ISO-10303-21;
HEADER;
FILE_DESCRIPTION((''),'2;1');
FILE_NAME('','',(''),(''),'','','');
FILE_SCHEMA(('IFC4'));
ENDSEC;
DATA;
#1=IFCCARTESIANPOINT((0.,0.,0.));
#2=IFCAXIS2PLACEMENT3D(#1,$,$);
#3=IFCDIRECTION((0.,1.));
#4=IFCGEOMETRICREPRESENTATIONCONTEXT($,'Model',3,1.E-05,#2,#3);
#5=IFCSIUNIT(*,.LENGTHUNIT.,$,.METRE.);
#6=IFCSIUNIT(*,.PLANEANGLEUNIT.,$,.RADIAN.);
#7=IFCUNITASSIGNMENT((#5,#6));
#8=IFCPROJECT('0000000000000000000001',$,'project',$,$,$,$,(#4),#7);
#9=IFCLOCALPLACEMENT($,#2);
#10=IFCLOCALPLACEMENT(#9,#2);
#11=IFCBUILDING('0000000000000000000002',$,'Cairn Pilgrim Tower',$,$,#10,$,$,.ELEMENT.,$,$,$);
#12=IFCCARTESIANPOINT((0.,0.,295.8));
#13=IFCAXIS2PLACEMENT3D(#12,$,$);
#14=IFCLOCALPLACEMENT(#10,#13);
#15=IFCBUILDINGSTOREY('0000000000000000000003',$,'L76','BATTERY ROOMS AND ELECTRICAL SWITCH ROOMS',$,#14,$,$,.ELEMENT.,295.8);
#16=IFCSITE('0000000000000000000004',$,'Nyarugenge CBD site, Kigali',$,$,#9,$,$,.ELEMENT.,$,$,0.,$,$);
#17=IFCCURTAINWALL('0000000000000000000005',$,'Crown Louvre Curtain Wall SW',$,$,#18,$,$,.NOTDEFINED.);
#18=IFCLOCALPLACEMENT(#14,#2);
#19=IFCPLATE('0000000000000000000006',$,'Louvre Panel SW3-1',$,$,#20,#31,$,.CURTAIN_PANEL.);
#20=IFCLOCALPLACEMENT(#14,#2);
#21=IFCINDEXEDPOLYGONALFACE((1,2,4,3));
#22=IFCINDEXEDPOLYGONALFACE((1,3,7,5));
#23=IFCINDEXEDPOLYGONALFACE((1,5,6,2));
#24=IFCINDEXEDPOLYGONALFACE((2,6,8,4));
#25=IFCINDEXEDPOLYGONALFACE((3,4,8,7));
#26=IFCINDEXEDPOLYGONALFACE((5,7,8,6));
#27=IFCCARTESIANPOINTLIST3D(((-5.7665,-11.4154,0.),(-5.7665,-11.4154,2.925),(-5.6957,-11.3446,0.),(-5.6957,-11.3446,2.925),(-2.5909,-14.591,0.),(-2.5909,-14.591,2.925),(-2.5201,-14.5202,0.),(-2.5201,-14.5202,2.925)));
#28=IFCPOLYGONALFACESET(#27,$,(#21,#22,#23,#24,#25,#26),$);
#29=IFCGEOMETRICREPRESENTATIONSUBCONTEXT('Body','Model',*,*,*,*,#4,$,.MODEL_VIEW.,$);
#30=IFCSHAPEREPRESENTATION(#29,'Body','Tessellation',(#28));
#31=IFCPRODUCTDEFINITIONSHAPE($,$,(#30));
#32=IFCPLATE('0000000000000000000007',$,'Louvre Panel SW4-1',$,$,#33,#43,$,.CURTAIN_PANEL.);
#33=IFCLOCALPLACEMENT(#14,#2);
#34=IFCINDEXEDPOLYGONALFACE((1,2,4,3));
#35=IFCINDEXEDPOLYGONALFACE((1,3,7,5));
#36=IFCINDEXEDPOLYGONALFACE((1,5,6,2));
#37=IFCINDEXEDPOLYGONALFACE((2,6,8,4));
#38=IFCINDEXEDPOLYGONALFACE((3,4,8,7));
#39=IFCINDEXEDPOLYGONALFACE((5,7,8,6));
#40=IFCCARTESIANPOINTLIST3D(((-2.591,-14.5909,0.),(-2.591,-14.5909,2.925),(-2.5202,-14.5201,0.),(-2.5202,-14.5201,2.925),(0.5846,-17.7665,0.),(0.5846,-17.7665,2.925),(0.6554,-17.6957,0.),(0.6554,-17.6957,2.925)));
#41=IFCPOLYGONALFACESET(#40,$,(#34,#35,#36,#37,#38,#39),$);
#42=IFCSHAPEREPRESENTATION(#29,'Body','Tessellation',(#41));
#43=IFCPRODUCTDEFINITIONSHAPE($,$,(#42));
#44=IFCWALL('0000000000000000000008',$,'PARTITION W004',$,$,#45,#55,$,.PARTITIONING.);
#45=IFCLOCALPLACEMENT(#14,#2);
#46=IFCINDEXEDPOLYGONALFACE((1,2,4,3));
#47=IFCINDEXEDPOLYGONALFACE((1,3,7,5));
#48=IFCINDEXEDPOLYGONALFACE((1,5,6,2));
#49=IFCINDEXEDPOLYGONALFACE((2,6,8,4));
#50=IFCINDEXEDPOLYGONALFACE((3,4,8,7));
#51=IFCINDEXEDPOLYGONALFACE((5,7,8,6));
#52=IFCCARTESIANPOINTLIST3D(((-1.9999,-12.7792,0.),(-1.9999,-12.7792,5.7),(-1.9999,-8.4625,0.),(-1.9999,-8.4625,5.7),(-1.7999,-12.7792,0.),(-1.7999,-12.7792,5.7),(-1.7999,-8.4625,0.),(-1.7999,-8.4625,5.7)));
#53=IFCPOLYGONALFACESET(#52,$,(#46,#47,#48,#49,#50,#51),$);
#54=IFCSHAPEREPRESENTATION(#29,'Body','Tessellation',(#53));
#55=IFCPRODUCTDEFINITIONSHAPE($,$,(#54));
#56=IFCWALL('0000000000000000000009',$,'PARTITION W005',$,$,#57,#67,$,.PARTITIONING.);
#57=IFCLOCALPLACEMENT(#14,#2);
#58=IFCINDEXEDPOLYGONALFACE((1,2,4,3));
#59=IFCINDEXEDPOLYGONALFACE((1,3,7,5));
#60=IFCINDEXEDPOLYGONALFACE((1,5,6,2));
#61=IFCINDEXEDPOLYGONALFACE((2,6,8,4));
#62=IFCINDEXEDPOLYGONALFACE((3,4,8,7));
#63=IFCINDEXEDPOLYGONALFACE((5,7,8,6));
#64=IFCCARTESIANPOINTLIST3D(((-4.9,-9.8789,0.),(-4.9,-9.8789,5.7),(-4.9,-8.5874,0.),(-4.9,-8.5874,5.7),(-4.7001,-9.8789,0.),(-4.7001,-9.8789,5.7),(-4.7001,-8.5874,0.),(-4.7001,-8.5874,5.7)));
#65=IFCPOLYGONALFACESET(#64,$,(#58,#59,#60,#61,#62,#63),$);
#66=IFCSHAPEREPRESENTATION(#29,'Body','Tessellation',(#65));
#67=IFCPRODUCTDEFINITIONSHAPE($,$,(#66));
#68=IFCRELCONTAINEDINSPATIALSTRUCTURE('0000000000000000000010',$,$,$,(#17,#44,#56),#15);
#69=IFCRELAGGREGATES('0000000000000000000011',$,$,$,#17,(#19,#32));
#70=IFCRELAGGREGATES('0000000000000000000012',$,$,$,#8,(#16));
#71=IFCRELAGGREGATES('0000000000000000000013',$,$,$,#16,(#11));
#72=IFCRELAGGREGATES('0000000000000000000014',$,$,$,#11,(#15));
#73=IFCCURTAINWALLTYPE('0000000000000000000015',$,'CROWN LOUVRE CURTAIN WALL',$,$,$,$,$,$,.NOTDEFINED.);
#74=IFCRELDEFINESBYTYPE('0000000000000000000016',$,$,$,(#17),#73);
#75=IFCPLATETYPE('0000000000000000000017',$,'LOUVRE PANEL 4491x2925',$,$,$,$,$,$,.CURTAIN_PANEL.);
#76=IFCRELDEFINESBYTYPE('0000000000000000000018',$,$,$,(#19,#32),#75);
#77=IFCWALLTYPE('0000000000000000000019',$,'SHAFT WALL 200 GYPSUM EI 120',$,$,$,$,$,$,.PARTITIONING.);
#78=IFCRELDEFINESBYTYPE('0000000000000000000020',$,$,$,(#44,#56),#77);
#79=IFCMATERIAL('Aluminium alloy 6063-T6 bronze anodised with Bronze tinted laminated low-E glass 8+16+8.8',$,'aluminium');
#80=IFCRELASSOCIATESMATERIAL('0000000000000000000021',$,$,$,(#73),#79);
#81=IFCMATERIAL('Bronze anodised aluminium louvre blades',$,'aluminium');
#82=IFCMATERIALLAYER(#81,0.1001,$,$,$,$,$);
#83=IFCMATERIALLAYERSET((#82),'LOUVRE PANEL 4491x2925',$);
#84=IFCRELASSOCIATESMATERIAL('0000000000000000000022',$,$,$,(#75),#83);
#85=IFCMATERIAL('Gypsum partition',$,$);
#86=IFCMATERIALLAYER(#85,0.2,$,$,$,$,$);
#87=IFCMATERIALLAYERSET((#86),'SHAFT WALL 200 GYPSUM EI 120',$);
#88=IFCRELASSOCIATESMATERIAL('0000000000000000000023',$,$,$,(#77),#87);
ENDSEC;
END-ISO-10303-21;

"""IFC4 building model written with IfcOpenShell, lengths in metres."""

from ifc_helpers import new_model, si_unit, direction, frame, frame_2d, origin, origin_2d, place, context, subcontext, project, spatial, rectangle, extrude, material, layer, layer_set, type_object, element, aggregate, save


model = new_model("IFC4")

# Units and contexts
model_context = context("Model", 3, precision=1e-05, world=origin(), true_north=direction((0.0, 1.0)))
body_context = subcontext(model_context, "Body", "Model", "MODEL_VIEW")
ifc_project = project(units=[si_unit("LENGTHUNIT", "METRE"), si_unit("PLANEANGLEUNIT", "RADIAN")], contexts=[model_context])

# Site, building, storey
site_placement = place(None, origin())
site = spatial("IfcSite", under=ifc_project, at=site_placement, Name="Nyarugenge CBD site, Kigali", CompositionType="ELEMENT", RefElevation=0.0)
building_placement = place(site_placement, origin())
building = spatial("IfcBuilding", under=site, at=building_placement, Name="Cairn Pilgrim Tower", CompositionType="ELEMENT")
storey_placement = place(building_placement, frame((0.0, 0.0, 295.8)))
storey = spatial("IfcBuildingStorey", under=building, at=storey_placement, Name="L76", Description="BATTERY ROOMS AND ELECTRICAL SWITCH ROOMS", CompositionType="ELEMENT", Elevation=295.8)

# Curtain wall
ifc_material_1 = material(Name="Aluminium alloy 6063-T6 bronze anodised with Bronze tinted laminated low-E glass 8+16+8.8", Category="aluminium")
curtain_wall_type = type_object("IfcCurtainWallType", Name="CROWN LOUVRE CURTAIN WALL", PredefinedType="NOTDEFINED", material=ifc_material_1)
curtain_wall_placement = place(storey_placement, origin())
curtain_wall = element("IfcCurtainWall", 1, at=curtain_wall_placement, inside=storey, type_object=curtain_wall_type, Name="Crown Louvre Curtain Wall SW", PredefinedType="NOTDEFINED")

# Plates
ifc_material_2 = material(Name="Bronze anodised aluminium louvre blades", Category="aluminium")
ifc_layer_1 = layer(ifc_material_2, 0.1001)
ifc_layer_set_1 = layer_set([ifc_layer_1], Name="LOUVRE PANEL 4491x2925")
plate_type_1 = type_object("IfcPlateType", Name="LOUVRE PANEL 4491x2925", PredefinedType="CURTAIN_PANEL", material=ifc_layer_set_1)
plate_1_placement = place(storey_placement, frame((-4.1433, -12.9678, 0.0), z_axis=(0.0, 0.0, 1.0), x_axis=(0.707107, -0.707107, 0.0)))
plate_1 = element("IfcPlate", 2, at=plate_1_placement, type_object=plate_type_1, Name="Louvre Panel SW3-1", PredefinedType="CURTAIN_PANEL", context=body_context, shape_type="SweptSolid", body=[
    extrude(rectangle(XDim=4.491, YDim=0.1001, at=origin_2d()), origin(), (0.0, 0.0, 1.0), 2.925),
])
plate_2_placement = place(storey_placement, frame((-0.9678, -16.1433, 0.0), z_axis=(0.0, 0.0, 1.0), x_axis=(0.707107, -0.707107, 0.0)))
plate_2 = element("IfcPlate", 3, at=plate_2_placement, type_object=plate_type_1, Name="Louvre Panel SW4-1", PredefinedType="CURTAIN_PANEL", context=body_context, shape_type="SweptSolid", body=[
    extrude(rectangle(XDim=4.491, YDim=0.1001, at=origin_2d()), origin(), (0.0, 0.0, 1.0), 2.925),
])
aggregate(curtain_wall, [plate_1, plate_2])

# Walls
ifc_material_3 = material(Name="Gypsum partition")
ifc_layer_2 = layer(ifc_material_3, 0.2)
ifc_layer_set_2 = layer_set([ifc_layer_2], Name="SHAFT WALL 200 GYPSUM EI 120")
wall_type = type_object("IfcWallType", Name="SHAFT WALL 200 GYPSUM EI 120", PredefinedType="PARTITIONING", material=ifc_layer_set_2)
wall_1_placement = place(storey_placement, frame((-1.8999, -12.7791, 0.0), z_axis=(0.0, 0.0, 1.0), x_axis=(0.0, 1.0, 0.0)))
element("IfcWall", 4, at=wall_1_placement, inside=storey, type_object=wall_type, Name="PARTITION W004", PredefinedType="PARTITIONING", context=body_context, shape_type="SweptSolid", body=[
    extrude(rectangle(XDim=4.3167, YDim=0.2, at=frame_2d((2.1582, 0.0))), origin(), (0.0, 0.0, 1.0), 5.7),
])
wall_2_placement = place(storey_placement, frame((-4.8, -9.8789, 0.0), z_axis=(0.0, 0.0, 1.0), x_axis=(0.0, 1.0, 0.0)))
element("IfcWall", 5, at=wall_2_placement, inside=storey, type_object=wall_type, Name="PARTITION W005", PredefinedType="PARTITIONING", context=body_context, shape_type="SweptSolid", body=[
    extrude(rectangle(XDim=1.2915, YDim=0.2, at=frame_2d((0.6458, 0.0))), origin(), (0.0, 0.0, 1.0), 5.7),
])

save(model, "model.ifc")
